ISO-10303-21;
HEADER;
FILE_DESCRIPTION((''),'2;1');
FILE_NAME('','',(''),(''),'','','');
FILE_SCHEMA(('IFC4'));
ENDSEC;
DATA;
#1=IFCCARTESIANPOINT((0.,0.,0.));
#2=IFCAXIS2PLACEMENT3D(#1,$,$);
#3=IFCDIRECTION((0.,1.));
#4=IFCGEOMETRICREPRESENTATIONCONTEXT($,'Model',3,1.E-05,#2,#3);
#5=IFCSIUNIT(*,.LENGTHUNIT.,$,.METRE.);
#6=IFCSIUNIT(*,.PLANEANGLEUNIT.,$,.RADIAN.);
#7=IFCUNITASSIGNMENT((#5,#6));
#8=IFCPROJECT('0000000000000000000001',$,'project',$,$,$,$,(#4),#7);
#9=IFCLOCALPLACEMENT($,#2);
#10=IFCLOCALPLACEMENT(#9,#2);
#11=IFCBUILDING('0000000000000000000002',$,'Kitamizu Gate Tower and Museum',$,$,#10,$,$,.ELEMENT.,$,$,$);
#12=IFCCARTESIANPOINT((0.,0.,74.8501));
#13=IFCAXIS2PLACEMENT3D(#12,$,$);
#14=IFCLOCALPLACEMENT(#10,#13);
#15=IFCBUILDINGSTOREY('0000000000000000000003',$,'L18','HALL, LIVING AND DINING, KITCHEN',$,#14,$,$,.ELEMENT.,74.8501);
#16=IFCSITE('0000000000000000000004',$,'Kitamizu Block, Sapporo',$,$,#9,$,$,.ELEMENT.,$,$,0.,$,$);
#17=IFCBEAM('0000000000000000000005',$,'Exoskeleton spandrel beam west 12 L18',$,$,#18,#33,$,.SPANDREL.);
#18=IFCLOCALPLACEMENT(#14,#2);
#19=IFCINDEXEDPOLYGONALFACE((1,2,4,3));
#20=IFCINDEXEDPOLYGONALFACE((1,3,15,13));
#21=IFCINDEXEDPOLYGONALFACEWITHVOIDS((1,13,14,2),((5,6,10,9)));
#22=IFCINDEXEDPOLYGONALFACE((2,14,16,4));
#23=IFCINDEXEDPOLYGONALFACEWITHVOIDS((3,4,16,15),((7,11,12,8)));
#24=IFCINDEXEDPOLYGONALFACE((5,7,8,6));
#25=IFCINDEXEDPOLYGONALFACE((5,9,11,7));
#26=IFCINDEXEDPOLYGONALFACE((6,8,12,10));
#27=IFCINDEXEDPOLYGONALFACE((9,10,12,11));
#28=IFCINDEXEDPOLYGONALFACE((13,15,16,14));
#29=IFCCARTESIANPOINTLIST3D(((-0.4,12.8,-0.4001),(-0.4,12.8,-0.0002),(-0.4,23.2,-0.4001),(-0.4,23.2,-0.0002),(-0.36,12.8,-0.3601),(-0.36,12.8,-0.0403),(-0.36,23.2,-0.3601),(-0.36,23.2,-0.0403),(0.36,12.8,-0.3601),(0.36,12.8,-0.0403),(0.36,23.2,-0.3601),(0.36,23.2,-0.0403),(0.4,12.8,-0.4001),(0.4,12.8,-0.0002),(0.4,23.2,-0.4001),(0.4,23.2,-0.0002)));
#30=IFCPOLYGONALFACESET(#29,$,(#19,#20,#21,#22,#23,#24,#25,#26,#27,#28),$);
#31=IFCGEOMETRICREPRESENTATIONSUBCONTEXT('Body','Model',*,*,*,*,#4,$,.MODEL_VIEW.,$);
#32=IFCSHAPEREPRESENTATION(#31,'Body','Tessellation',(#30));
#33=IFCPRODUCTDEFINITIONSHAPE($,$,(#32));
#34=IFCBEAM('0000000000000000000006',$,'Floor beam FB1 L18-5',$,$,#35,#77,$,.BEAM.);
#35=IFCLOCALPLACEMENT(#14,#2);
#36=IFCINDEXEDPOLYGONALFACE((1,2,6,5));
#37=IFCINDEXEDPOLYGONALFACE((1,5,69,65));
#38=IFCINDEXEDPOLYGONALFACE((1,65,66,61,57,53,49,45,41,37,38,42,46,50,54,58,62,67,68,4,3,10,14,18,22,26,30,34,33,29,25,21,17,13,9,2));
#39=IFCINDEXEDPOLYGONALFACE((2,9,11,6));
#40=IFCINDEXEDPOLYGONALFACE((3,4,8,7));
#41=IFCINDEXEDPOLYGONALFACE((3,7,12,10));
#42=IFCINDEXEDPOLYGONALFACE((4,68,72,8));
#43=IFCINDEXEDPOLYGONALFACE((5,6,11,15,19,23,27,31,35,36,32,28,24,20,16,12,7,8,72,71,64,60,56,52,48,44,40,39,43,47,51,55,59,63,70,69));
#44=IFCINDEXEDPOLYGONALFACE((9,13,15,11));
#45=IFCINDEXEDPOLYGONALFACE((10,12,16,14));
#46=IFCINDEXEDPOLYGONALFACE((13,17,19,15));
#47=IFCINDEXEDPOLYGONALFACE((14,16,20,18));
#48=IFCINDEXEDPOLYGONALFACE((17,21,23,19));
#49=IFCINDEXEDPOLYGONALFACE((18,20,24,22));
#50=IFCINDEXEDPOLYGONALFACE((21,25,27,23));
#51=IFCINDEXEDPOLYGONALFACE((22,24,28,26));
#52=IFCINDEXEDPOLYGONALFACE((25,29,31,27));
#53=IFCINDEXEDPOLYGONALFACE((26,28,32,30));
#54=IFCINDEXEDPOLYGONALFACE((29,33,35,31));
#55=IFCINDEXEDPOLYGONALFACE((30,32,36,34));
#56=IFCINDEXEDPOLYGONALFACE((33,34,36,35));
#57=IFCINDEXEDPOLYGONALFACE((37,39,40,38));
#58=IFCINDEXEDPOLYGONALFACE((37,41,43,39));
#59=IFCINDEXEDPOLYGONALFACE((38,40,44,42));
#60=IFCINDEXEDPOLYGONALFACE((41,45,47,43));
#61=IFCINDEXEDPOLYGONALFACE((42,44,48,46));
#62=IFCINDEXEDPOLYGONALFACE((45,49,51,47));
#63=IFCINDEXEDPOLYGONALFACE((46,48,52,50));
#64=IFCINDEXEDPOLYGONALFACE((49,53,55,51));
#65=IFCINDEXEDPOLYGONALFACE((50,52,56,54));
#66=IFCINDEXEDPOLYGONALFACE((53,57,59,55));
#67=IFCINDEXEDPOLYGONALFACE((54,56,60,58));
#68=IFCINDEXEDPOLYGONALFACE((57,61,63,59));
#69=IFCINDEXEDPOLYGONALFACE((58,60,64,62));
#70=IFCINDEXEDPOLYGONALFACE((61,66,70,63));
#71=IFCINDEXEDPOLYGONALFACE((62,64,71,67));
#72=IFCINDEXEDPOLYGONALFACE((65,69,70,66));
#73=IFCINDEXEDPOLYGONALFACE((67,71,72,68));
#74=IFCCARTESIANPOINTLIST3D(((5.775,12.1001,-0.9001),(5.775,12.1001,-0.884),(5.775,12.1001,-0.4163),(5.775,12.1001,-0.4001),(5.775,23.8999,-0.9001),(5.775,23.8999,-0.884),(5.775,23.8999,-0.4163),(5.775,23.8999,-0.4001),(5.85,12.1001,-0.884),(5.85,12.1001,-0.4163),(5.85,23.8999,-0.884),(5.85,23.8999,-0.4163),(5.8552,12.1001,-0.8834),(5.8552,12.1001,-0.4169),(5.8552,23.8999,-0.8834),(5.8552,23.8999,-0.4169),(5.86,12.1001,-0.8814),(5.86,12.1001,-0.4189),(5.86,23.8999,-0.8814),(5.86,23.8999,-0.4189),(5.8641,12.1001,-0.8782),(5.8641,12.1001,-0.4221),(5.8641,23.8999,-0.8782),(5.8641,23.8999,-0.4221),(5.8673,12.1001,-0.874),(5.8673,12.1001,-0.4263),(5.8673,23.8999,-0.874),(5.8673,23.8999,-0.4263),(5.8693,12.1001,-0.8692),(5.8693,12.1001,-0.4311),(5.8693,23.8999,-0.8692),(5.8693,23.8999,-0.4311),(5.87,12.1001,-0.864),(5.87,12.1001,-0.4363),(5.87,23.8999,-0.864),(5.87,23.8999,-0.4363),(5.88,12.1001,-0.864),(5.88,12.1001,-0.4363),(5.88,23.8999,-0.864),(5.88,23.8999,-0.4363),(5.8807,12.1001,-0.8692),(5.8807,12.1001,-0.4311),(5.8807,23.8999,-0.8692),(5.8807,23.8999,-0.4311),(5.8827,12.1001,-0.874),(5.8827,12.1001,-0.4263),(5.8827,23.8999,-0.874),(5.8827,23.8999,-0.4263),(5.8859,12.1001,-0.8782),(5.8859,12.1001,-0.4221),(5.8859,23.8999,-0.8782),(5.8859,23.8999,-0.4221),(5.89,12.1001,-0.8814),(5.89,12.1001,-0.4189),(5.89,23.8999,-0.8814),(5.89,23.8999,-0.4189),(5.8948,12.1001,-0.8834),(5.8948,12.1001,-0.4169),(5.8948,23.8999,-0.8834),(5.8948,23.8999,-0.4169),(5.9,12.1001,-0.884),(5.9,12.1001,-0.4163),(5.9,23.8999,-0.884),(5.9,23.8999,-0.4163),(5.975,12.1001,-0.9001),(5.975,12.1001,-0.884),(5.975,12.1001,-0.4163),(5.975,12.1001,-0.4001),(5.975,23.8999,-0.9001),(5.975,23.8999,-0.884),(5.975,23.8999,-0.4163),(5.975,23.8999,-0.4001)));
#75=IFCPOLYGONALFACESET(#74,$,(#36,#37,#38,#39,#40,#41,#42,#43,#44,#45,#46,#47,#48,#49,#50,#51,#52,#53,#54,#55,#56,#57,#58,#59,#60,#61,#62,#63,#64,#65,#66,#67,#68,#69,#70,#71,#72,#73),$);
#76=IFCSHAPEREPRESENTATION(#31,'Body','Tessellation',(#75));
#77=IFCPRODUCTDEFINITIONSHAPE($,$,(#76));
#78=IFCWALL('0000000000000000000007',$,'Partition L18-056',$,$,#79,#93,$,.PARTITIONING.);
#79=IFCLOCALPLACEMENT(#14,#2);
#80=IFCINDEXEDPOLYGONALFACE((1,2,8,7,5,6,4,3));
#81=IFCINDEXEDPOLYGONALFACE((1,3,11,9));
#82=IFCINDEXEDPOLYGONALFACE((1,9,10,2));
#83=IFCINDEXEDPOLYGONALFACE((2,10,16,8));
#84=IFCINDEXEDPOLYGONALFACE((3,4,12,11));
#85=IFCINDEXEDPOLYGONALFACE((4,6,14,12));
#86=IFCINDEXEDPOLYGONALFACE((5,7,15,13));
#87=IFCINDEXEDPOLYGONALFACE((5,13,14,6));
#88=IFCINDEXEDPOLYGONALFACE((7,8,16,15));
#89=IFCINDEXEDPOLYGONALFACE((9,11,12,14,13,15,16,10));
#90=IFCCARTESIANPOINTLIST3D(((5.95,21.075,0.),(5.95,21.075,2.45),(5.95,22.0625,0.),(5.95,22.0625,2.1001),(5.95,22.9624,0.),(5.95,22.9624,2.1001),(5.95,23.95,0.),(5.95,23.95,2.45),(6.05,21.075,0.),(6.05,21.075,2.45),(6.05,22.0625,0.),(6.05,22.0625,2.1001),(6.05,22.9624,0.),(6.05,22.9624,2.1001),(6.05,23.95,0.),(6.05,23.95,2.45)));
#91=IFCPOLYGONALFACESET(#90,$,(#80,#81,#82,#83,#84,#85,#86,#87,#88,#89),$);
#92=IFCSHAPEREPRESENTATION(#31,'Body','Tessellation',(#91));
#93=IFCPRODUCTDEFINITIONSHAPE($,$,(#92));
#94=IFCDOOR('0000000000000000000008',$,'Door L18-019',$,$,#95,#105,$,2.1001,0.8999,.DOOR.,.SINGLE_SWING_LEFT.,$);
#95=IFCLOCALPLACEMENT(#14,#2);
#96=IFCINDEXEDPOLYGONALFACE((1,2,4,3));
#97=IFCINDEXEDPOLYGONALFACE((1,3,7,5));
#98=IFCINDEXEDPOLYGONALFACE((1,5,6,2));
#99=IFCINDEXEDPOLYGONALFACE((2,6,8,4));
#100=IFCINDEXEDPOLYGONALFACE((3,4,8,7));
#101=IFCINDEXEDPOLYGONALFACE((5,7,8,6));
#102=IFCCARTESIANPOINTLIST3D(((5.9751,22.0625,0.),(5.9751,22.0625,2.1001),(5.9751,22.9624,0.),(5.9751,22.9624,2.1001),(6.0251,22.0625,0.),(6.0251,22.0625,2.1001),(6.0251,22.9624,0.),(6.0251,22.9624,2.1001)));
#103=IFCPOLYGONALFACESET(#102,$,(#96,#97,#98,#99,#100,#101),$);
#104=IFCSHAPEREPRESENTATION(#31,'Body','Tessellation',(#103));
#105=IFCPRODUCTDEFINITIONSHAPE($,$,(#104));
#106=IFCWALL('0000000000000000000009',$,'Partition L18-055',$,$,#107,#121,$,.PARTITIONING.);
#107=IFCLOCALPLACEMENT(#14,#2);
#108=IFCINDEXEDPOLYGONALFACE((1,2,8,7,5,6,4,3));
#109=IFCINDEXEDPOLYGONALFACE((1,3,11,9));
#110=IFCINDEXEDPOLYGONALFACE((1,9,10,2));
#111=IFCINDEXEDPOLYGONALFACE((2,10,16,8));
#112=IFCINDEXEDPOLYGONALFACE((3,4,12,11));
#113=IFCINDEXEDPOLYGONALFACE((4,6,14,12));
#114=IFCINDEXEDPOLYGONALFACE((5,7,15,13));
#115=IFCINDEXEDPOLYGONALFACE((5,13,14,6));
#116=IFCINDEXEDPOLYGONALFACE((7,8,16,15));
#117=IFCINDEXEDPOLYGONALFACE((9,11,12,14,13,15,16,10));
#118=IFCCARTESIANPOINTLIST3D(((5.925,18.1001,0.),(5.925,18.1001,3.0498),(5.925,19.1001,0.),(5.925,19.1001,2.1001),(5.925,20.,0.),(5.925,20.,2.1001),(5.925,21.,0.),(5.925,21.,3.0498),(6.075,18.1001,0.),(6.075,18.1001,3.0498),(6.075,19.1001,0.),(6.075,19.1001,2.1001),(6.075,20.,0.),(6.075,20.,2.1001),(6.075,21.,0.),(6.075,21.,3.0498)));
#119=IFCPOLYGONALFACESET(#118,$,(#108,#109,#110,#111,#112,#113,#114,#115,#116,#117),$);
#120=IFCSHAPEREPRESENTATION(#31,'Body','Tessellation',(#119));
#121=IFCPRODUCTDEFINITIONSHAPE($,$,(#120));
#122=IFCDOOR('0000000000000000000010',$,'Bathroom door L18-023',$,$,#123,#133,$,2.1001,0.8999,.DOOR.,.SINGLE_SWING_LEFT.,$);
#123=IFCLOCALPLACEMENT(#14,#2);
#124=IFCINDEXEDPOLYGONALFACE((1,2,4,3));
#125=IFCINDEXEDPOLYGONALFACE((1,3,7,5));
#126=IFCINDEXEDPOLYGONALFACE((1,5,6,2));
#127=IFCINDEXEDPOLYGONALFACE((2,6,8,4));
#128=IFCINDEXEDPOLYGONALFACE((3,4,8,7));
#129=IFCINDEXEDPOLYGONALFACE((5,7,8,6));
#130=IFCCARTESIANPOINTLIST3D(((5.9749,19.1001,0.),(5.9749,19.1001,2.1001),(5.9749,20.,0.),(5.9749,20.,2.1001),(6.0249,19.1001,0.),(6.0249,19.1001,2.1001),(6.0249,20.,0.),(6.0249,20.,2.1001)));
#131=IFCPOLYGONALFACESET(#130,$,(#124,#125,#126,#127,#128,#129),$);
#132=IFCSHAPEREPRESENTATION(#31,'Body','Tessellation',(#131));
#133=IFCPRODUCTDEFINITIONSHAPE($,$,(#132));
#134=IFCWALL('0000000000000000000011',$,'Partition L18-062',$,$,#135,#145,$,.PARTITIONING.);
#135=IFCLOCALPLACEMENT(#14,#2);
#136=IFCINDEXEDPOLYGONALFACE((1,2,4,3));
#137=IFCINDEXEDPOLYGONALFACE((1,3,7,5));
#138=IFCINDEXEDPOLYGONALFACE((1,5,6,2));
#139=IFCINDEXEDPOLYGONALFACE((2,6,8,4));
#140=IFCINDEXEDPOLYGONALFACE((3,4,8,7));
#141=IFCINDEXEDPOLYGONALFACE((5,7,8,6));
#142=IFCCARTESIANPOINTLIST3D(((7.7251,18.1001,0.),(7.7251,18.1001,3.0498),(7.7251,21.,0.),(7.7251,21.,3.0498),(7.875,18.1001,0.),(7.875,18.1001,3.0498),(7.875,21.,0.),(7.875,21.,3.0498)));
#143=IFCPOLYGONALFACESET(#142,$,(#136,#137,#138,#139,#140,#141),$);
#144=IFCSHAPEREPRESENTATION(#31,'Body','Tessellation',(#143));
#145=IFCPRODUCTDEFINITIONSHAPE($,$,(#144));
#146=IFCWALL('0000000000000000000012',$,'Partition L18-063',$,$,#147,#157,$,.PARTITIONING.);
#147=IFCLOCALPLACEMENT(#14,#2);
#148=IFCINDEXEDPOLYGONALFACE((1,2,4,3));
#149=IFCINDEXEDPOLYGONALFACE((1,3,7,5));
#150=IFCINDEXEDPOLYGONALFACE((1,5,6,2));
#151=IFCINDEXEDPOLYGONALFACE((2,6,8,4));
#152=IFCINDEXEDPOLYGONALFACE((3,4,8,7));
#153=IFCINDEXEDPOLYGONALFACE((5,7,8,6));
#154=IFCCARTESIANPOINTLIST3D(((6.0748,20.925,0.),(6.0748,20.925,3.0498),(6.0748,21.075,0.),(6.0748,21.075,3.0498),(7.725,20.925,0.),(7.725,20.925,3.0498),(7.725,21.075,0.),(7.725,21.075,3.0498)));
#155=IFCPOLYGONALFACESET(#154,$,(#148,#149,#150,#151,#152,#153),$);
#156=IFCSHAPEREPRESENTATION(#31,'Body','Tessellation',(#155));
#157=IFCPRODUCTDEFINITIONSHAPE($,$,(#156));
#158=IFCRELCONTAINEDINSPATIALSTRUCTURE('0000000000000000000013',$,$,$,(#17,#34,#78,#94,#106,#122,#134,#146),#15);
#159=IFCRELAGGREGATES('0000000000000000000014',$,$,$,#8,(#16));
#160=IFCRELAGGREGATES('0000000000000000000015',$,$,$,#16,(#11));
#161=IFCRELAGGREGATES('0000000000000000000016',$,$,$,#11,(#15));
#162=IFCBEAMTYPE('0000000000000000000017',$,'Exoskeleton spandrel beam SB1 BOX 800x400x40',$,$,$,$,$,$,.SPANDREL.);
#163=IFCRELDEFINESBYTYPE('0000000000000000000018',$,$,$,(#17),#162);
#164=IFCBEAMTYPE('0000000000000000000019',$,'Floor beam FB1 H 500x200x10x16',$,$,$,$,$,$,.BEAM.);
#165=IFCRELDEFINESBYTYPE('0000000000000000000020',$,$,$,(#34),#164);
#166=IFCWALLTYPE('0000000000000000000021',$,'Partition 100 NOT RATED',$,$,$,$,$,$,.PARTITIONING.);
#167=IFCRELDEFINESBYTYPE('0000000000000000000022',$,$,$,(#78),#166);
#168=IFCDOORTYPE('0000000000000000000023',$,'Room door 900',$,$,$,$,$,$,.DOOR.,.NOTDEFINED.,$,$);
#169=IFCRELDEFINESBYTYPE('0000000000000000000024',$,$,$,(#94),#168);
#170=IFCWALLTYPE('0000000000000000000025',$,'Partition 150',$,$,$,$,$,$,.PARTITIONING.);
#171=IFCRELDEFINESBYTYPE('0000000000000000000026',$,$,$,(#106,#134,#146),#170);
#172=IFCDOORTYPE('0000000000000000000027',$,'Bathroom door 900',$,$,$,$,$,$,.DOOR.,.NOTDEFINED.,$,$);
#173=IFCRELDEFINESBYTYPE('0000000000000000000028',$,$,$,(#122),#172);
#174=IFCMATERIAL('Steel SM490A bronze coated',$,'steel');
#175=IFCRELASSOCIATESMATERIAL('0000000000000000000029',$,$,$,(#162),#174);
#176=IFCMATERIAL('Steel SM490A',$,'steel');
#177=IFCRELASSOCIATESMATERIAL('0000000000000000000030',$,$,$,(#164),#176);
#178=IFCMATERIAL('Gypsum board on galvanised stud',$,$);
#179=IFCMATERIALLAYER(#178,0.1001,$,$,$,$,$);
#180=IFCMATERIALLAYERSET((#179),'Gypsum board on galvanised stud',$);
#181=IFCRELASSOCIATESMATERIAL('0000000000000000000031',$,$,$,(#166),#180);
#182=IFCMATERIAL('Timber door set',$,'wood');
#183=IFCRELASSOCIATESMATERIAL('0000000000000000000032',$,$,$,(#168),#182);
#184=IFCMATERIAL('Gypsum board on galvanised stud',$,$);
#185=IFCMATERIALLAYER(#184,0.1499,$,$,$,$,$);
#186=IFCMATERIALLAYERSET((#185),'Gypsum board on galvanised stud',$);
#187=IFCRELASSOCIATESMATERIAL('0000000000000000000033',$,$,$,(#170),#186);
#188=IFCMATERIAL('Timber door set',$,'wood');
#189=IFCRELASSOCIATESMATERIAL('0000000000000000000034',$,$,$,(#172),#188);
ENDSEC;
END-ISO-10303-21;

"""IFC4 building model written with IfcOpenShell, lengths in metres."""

from ifc_helpers import new_model, si_unit, direction, frame, frame_2d, origin, origin_2d, place, context, subcontext, project, spatial, rectangle, hollow_rectangle, i_section, extrude, material, layer, layer_set, material_profile, profile_set, type_object, element, fill, save


model = new_model("IFC4")

# Units and contexts
model_context = context("Model", 3, precision=1e-05, world=origin(), true_north=direction((0.0, 1.0)))
body_context = subcontext(model_context, "Body", "Model", "MODEL_VIEW")
ifc_project = project(units=[si_unit("LENGTHUNIT", "METRE"), si_unit("PLANEANGLEUNIT", "RADIAN")], contexts=[model_context])

# Site, building, storey
site_placement = place(None, origin())
site = spatial("IfcSite", under=ifc_project, at=site_placement, Name="Kitamizu Block, Sapporo", CompositionType="ELEMENT", RefElevation=0.0)
building_placement = place(site_placement, origin())
building = spatial("IfcBuilding", under=site, at=building_placement, Name="Kitamizu Gate Tower and Museum", CompositionType="ELEMENT")
storey_placement = place(building_placement, frame((0.0, 0.0, 74.8501)))
storey = spatial("IfcBuildingStorey", under=building, at=storey_placement, Name="L18", Description="HALL, LIVING AND DINING, KITCHEN", CompositionType="ELEMENT", Elevation=74.8501)

# Beams
ifc_material_1 = material(Name="Steel SM490A bronze coated", Category="steel")
ifc_material_profile_1 = material_profile(ifc_material_1, hollow_rectangle(XDim=0.8, YDim=0.3999, WallThickness=0.04, at=origin_2d()), Name="BOX 800x400x40")
ifc_profile_set_1 = profile_set([ifc_material_profile_1], Name="Steel SM490A bronze coated")
beam_type_1 = type_object("IfcBeamType", Name="Exoskeleton spandrel beam SB1 BOX 800x400x40", PredefinedType="SPANDREL", material=ifc_profile_set_1)
beam_1_placement = place(storey_placement, frame((0.0, 12.8, -0.2002), z_axis=(0.0, 1.0, 0.0), x_axis=(-1.0, 0.0, 0.0)))
element("IfcBeam", 1, at=beam_1_placement, inside=storey, type_object=beam_type_1, Name="Exoskeleton spandrel beam west 12 L18", PredefinedType="SPANDREL", context=body_context, shape_type="SweptSolid", body=[
    extrude(hollow_rectangle(XDim=0.8, YDim=0.3999, WallThickness=0.04, at=origin_2d()), origin(), (0.0, 0.0, 1.0), 10.3999),
])
ifc_material_2 = material(Name="Steel SM490A", Category="steel")
ifc_material_profile_2 = material_profile(ifc_material_2, i_section(OverallWidth=0.2, OverallDepth=0.5, WebThickness=0.01, FlangeThickness=0.0161, FilletRadius=0.02, at=origin_2d()), Name="H-500x200x10x16")
ifc_profile_set_2 = profile_set([ifc_material_profile_2], Name="Steel SM490A")
beam_type_2 = type_object("IfcBeamType", Name="Floor beam FB1 H 500x200x10x16", PredefinedType="BEAM", material=ifc_profile_set_2)
beam_2_placement = place(storey_placement, frame((5.875, 12.1001, -0.6501), z_axis=(0.0, 1.0, 0.0), x_axis=(-1.0, 0.0, 0.0)))
element("IfcBeam", 2, at=beam_2_placement, inside=storey, type_object=beam_type_2, Name="Floor beam FB1 L18-5", PredefinedType="BEAM", context=body_context, shape_type="SweptSolid", body=[
    extrude(i_section(OverallWidth=0.2, OverallDepth=0.5, WebThickness=0.01, FlangeThickness=0.0161, FilletRadius=0.02, at=origin_2d()), origin(), (0.0, 0.0, 1.0), 11.7998),
])

# Walls, openings, doors
ifc_material_3 = material(Name="Gypsum board on galvanised stud")
ifc_layer_1 = layer(ifc_material_3, 0.1001)
ifc_layer_set_1 = layer_set([ifc_layer_1], Name="Gypsum board on galvanised stud")
wall_type_1 = type_object("IfcWallType", Name="Partition 100 NOT RATED", PredefinedType="PARTITIONING", material=ifc_layer_set_1)
wall_1_placement = place(storey_placement, frame((6.0, 21.075, 0.0), z_axis=(0.0, 0.0, 1.0), x_axis=(0.0, 1.0, 0.0)))
wall_1 = element("IfcWall", 3, at=wall_1_placement, inside=storey, type_object=wall_type_1, Name="Partition L18-056", PredefinedType="PARTITIONING", context=body_context, shape_type="SweptSolid", body=[
    extrude(rectangle(XDim=2.875, YDim=0.1001, at=frame_2d((1.4375, 0.0))), origin(), (0.0, 0.0, 1.0), 2.45),
])
opening_1_placement = place(wall_1_placement, frame((0.9875, 0.0, 0.0)))
opening_1 = element("IfcOpeningElement", 4, at=opening_1_placement, cuts=wall_1, PredefinedType="OPENING", context=body_context, shape_type="SweptSolid", body=[
    extrude(rectangle(XDim=0.8999, YDim=2.1001, at=frame_2d((0.45, 1.05))), frame((0.0, 0.0601, 0.0), z_axis=(0.0, -1.0, 0.0), x_axis=(1.0, 0.0, 0.0)), (0.0, 0.0, 1.0), 0.1201),
])
ifc_material_4 = material(Name="Timber door set", Category="wood")
door_type_1 = type_object("IfcDoorType", Name="Room door 900", OperationType="NOTDEFINED", PredefinedType="DOOR", material=ifc_material_4)
door_1_placement = place(opening_1_placement, origin())
door_1 = element("IfcDoor", 5, at=door_1_placement, inside=storey, type_object=door_type_1, Name="Door L18-019", OperationType="SINGLE_SWING_LEFT", OverallHeight=2.1001, OverallWidth=0.8999, PredefinedType="DOOR", context=body_context, shape_type="SweptSolid", body=[
    extrude(rectangle(XDim=0.8999, YDim=2.1001, at=frame_2d((0.45, 1.05))), frame((0.0, 0.0249, 0.0), z_axis=(0.0, -1.0, 0.0), x_axis=(1.0, 0.0, 0.0)), (0.0, 0.0, 1.0), 0.05),
])
fill(opening_1, door_1)
ifc_material_5 = material(Name="Gypsum board on galvanised stud")
ifc_layer_2 = layer(ifc_material_5, 0.1499)
ifc_layer_set_2 = layer_set([ifc_layer_2], Name="Gypsum board on galvanised stud")
wall_type_2 = type_object("IfcWallType", Name="Partition 150", PredefinedType="PARTITIONING", material=ifc_layer_set_2)
wall_2_placement = place(storey_placement, frame((6.0, 18.1001, 0.0), z_axis=(0.0, 0.0, 1.0), x_axis=(0.0, 1.0, 0.0)))
wall_2 = element("IfcWall", 6, at=wall_2_placement, inside=storey, type_object=wall_type_2, Name="Partition L18-055", PredefinedType="PARTITIONING", context=body_context, shape_type="SweptSolid", body=[
    extrude(rectangle(XDim=2.8999, YDim=0.1499, at=frame_2d((1.45, 0.0))), origin(), (0.0, 0.0, 1.0), 3.0498),
])
opening_2_placement = place(wall_2_placement, frame((1.0, 0.0, 0.0)))
opening_2 = element("IfcOpeningElement", 7, at=opening_2_placement, cuts=wall_2, PredefinedType="OPENING", context=body_context, shape_type="SweptSolid", body=[
    extrude(rectangle(XDim=0.8999, YDim=2.1001, at=frame_2d((0.45, 1.05))), frame((0.0, 0.085, 0.0), z_axis=(0.0, -1.0, 0.0), x_axis=(1.0, 0.0, 0.0)), (0.0, 0.0, 1.0), 0.1699),
])
ifc_material_6 = material(Name="Timber door set", Category="wood")
door_type_2 = type_object("IfcDoorType", Name="Bathroom door 900", OperationType="NOTDEFINED", PredefinedType="DOOR", material=ifc_material_6)
door_2_placement = place(opening_2_placement, frame((0.8999, 0.0, 0.0), x_axis=(-1.0, 0.0, 0.0)))
door_2 = element("IfcDoor", 8, at=door_2_placement, inside=storey, type_object=door_type_2, Name="Bathroom door L18-023", OperationType="SINGLE_SWING_LEFT", OverallHeight=2.1001, OverallWidth=0.8999, PredefinedType="DOOR", context=body_context, shape_type="SweptSolid", body=[
    extrude(rectangle(XDim=0.8999, YDim=2.1001, at=frame_2d((0.45, 1.05))), frame((0.0, 0.0249, 0.0), z_axis=(0.0, -1.0, 0.0), x_axis=(1.0, 0.0, 0.0)), (0.0, 0.0, 1.0), 0.05),
])
fill(opening_2, door_2)

# Walls
wall_3_placement = place(storey_placement, frame((7.8, 18.1001, 0.0), z_axis=(0.0, 0.0, 1.0), x_axis=(0.0, 1.0, 0.0)))
element("IfcWall", 9, at=wall_3_placement, inside=storey, type_object=wall_type_2, Name="Partition L18-062", PredefinedType="PARTITIONING", context=body_context, shape_type="SweptSolid", body=[
    extrude(rectangle(XDim=2.8999, YDim=0.1499, at=frame_2d((1.45, 0.0))), origin(), (0.0, 0.0, 1.0), 3.0498),
])
wall_4_placement = place(storey_placement, frame((7.7251, 21.0, 0.0), z_axis=(0.0, 0.0, 1.0), x_axis=(-1.0, 0.0, 0.0)))
element("IfcWall", 10, at=wall_4_placement, inside=storey, type_object=wall_type_2, Name="Partition L18-063", PredefinedType="PARTITIONING", context=body_context, shape_type="SweptSolid", body=[
    extrude(rectangle(XDim=1.6501, YDim=0.1499, at=frame_2d((0.8252, 0.0))), origin(), (0.0, 0.0, 1.0), 3.0498),
])

save(model, "model.ifc")
